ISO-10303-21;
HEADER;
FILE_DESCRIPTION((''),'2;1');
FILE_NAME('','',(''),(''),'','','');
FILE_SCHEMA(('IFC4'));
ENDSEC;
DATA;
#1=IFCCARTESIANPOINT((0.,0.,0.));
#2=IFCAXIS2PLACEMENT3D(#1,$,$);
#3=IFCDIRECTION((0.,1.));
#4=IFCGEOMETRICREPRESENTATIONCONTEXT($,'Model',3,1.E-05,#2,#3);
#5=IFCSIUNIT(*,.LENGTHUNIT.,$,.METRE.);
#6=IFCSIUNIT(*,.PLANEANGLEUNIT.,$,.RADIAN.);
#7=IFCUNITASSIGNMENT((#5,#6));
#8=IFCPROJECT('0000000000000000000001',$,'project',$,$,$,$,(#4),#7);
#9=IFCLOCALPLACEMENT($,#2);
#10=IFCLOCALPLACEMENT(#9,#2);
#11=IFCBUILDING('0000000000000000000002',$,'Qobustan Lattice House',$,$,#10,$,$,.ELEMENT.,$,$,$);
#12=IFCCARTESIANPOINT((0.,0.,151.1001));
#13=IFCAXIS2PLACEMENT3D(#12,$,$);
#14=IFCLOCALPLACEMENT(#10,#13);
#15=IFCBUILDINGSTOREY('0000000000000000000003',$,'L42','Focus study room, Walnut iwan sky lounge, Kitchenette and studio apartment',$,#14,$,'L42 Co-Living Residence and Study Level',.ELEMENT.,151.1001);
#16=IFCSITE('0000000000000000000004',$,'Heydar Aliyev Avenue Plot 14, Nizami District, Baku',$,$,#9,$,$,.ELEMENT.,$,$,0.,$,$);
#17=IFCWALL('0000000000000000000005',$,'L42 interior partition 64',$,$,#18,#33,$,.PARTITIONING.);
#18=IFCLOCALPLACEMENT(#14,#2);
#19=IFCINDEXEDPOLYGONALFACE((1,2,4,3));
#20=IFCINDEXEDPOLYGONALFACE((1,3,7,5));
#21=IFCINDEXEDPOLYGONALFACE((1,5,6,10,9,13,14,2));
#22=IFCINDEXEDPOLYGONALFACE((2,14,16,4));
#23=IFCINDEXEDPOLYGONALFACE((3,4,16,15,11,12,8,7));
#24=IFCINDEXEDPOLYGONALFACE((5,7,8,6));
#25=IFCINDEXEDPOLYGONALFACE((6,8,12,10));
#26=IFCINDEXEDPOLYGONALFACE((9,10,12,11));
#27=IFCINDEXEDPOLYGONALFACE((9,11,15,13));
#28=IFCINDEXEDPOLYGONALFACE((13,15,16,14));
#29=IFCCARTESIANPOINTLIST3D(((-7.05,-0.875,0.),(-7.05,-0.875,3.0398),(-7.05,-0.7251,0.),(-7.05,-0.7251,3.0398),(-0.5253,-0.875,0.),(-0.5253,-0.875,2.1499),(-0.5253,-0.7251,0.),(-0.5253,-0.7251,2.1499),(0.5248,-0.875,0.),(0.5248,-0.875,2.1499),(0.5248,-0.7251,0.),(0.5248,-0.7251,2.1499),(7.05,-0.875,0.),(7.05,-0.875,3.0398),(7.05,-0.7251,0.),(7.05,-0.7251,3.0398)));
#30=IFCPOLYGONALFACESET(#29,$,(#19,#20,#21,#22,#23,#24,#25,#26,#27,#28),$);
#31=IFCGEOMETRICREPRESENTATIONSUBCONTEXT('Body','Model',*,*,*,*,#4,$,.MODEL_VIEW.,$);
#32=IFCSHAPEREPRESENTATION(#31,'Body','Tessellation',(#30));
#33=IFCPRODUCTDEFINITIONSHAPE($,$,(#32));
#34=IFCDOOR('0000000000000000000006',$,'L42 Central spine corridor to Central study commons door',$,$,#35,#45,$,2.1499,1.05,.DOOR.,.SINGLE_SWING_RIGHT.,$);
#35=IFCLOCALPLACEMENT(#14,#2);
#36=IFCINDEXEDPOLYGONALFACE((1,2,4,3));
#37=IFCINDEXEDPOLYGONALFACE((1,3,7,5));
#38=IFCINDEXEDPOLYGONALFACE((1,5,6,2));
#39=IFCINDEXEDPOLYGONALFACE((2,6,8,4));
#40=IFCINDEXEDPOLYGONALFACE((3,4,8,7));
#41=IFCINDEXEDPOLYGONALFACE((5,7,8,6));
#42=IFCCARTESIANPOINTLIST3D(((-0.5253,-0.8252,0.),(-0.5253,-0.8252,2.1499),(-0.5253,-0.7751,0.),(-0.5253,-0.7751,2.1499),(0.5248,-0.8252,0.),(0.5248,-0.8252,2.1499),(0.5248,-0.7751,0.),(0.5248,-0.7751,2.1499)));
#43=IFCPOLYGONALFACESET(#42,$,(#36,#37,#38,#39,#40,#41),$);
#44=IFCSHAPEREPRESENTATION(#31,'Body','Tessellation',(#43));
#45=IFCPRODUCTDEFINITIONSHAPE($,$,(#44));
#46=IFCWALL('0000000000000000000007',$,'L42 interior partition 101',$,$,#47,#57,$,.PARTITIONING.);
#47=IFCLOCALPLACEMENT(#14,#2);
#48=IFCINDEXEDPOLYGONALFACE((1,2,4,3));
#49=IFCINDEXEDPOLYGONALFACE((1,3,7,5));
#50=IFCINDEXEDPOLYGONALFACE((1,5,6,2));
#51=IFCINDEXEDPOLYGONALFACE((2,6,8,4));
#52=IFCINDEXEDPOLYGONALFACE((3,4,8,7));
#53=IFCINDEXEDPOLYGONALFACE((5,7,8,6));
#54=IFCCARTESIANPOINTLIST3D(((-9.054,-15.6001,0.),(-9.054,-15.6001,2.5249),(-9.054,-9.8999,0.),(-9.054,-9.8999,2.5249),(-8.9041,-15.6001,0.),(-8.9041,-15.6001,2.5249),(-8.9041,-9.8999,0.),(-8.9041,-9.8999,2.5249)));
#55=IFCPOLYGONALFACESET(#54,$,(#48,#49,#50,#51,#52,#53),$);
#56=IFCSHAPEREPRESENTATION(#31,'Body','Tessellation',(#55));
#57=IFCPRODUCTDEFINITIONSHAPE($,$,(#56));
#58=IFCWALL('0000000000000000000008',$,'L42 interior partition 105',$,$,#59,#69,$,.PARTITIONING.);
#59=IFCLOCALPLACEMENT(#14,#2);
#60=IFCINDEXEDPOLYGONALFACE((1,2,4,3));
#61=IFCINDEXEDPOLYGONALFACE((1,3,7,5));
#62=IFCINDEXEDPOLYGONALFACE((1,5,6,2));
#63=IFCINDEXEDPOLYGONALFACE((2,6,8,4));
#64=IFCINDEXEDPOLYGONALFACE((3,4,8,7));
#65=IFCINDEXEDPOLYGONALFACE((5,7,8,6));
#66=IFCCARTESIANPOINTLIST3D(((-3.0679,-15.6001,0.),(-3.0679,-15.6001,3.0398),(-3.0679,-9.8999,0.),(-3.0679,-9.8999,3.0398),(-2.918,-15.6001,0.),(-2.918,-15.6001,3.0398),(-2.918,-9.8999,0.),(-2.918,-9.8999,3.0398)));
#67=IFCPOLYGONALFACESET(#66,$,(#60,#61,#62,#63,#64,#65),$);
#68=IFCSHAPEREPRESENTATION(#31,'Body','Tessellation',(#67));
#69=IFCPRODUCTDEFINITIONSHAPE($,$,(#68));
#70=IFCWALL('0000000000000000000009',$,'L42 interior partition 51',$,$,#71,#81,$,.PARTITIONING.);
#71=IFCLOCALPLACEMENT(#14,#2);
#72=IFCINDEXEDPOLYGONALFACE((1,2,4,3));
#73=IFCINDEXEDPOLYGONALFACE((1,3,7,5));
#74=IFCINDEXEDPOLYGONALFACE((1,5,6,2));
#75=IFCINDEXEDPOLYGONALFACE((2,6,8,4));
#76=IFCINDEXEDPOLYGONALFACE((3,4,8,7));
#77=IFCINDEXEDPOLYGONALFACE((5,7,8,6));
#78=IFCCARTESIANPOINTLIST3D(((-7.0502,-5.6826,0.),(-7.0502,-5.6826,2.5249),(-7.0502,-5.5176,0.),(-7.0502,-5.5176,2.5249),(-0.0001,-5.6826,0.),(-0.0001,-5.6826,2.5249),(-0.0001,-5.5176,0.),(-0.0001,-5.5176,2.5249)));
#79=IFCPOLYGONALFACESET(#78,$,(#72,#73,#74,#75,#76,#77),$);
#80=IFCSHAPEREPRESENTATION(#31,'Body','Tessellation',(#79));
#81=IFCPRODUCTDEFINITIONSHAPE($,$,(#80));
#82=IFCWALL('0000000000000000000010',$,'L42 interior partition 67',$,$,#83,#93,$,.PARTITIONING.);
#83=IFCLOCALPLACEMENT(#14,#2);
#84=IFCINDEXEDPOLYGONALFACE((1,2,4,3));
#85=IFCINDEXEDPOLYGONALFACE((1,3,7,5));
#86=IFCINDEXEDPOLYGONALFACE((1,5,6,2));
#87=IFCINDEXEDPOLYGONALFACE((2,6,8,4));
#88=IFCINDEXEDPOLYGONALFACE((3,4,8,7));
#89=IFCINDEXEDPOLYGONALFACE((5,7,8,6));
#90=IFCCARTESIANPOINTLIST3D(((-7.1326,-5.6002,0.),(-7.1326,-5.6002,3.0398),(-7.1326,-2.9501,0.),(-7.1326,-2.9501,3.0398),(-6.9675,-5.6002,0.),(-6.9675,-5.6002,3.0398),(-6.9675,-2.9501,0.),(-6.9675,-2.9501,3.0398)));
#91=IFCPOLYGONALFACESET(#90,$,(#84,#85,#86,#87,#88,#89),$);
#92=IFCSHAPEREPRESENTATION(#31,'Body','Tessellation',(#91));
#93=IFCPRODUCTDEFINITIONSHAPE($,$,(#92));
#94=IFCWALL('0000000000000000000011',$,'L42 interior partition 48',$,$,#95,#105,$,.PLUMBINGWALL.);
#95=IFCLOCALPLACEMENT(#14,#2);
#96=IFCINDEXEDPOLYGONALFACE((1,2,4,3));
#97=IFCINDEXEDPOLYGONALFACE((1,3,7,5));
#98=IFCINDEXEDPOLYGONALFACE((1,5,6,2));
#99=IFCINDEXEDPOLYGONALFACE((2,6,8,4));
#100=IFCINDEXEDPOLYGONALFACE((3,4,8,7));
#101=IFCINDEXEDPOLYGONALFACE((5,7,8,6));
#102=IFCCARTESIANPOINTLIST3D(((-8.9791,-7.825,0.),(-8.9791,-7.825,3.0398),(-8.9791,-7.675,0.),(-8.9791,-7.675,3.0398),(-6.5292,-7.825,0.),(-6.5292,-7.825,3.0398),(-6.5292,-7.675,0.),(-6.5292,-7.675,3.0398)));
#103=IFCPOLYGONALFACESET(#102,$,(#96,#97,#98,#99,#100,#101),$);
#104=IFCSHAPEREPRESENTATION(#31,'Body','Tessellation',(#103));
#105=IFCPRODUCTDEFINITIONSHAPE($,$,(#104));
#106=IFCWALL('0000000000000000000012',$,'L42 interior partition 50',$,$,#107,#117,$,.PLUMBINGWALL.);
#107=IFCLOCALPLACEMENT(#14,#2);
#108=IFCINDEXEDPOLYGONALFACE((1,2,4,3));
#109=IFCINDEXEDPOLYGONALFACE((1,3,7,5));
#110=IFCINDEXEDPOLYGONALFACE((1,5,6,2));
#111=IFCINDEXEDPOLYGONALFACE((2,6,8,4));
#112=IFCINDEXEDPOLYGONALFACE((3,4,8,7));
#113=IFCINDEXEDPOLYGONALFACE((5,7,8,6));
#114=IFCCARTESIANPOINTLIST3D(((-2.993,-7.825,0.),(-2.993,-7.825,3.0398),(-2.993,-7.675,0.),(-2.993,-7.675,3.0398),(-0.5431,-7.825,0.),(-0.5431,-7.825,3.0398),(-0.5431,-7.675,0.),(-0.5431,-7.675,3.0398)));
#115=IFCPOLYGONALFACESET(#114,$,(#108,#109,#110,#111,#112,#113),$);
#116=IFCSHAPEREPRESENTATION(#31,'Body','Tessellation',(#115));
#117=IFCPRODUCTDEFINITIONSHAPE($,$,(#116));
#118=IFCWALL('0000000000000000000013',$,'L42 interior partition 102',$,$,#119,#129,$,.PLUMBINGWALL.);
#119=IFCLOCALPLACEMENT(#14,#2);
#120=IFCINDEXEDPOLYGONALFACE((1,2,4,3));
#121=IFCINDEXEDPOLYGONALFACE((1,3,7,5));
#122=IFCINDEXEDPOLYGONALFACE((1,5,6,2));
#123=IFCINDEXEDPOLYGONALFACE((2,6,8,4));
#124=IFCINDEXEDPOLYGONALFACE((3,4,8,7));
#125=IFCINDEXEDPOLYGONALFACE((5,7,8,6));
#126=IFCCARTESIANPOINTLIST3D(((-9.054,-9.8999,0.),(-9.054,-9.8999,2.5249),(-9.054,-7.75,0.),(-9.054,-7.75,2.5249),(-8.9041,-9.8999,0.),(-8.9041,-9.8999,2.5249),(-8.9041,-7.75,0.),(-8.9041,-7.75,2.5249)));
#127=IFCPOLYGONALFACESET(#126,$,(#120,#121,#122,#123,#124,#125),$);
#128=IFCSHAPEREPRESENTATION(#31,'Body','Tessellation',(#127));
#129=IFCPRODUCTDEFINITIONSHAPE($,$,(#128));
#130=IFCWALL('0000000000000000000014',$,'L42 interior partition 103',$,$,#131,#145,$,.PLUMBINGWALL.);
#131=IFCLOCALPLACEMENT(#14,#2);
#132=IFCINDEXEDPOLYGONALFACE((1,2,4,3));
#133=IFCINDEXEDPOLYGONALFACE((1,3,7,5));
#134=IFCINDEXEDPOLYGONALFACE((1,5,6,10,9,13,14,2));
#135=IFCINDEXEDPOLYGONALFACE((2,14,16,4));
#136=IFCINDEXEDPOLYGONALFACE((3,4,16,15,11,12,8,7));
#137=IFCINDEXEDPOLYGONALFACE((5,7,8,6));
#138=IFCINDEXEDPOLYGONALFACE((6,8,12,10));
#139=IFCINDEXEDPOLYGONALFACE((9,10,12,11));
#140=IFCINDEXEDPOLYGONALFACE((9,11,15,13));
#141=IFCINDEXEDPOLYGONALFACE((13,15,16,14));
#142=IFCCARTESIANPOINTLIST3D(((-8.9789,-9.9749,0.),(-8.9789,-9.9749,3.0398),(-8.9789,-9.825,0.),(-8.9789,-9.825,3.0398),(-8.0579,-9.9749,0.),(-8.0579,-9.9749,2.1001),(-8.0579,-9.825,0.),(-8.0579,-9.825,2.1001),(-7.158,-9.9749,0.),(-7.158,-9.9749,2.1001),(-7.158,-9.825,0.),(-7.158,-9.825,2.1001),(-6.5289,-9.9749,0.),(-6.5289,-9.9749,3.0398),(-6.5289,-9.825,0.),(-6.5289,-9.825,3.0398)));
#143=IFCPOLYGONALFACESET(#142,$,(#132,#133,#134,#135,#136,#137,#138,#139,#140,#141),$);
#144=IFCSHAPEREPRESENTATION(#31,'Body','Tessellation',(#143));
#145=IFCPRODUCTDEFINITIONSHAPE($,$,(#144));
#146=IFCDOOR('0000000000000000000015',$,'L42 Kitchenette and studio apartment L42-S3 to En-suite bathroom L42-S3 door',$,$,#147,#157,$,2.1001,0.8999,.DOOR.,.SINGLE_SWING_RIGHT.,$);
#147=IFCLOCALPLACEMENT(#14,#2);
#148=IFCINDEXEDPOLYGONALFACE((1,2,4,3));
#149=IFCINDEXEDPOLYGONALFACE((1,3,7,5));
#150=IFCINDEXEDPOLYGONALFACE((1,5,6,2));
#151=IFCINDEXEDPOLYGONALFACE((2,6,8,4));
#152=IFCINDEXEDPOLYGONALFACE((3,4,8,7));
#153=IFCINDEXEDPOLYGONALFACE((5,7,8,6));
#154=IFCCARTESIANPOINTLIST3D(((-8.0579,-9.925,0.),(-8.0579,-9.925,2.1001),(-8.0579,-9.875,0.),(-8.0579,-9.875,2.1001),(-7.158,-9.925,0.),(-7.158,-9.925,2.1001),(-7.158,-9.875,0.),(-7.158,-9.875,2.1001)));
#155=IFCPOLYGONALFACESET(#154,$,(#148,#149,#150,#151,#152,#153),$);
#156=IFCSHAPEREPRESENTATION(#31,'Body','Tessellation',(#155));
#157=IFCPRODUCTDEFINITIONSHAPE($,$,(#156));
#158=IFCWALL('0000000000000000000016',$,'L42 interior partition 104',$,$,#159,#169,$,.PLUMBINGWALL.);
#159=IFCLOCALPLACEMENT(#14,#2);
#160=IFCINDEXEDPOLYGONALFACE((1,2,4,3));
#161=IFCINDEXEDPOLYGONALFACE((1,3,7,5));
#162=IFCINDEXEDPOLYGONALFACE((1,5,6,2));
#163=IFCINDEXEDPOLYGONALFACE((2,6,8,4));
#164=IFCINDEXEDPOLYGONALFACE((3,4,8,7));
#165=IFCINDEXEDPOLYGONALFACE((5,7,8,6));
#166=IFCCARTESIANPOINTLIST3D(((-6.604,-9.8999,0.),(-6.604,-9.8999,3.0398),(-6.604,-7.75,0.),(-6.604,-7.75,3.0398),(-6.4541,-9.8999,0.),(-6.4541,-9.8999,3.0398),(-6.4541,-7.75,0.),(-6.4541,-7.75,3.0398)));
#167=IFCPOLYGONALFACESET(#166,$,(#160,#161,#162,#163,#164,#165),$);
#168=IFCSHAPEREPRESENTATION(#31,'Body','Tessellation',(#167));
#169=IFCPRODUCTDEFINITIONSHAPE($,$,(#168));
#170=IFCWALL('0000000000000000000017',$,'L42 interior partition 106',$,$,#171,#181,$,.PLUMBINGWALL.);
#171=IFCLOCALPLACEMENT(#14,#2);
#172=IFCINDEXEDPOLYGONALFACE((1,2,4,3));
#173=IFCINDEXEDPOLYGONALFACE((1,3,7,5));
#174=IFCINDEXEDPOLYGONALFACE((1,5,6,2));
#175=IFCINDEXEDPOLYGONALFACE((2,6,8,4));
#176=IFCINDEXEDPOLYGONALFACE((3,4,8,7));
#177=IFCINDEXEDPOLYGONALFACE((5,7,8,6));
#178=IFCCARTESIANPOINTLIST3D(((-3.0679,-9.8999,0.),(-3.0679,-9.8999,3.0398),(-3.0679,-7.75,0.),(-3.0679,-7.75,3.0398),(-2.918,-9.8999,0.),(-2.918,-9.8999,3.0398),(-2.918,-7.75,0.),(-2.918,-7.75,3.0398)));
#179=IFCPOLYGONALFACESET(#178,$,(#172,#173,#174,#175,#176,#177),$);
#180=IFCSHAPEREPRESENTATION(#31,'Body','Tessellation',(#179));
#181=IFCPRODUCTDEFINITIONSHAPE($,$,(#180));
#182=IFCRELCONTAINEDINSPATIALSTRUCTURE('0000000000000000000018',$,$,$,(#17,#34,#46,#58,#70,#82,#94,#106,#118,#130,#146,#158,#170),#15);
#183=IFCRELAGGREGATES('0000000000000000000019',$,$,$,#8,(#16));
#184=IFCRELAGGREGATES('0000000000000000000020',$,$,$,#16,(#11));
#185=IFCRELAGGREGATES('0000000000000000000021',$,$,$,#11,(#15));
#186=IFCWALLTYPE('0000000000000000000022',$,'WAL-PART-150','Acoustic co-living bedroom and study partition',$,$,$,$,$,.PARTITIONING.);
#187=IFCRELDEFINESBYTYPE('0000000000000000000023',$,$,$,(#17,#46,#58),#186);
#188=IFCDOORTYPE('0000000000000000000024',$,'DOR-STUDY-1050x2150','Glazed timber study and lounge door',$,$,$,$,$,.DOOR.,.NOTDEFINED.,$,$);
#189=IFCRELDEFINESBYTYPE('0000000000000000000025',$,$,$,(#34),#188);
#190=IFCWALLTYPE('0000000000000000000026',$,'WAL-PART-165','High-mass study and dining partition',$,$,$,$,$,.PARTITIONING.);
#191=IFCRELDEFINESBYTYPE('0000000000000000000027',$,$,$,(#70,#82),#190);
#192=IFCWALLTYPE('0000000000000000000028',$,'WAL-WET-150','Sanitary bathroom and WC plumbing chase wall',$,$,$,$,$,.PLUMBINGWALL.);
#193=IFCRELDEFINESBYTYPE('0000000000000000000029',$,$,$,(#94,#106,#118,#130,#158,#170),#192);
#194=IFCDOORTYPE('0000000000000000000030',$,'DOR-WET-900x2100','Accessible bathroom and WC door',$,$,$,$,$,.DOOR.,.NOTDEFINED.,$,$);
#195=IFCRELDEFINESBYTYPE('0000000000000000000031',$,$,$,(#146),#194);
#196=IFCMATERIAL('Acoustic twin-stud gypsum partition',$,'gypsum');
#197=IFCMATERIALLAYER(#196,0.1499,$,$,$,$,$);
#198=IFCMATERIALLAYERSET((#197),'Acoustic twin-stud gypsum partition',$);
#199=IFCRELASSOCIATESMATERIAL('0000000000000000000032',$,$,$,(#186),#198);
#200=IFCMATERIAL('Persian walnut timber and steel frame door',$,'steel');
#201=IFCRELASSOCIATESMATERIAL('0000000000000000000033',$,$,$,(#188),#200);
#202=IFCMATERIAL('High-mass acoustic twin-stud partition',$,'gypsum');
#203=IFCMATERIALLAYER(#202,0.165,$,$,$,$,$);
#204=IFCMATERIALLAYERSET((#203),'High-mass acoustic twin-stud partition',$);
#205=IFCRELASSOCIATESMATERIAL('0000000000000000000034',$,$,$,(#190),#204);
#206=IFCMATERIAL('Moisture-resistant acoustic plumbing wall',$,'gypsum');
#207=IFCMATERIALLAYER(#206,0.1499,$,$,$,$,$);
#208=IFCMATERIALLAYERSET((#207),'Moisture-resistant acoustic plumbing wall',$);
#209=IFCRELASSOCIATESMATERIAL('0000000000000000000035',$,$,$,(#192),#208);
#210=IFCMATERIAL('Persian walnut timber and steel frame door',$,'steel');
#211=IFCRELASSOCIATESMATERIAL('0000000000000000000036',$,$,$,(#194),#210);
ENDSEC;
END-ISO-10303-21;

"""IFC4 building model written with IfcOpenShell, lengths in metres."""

from ifc_helpers import new_model, si_unit, direction, frame, frame_2d, origin, place, context, subcontext, project, spatial, rectangle, extrude, material, layer, layer_set, type_object, element, fill, save


model = new_model("IFC4")

# Units and contexts
model_context = context("Model", 3, precision=1e-05, world=origin(), true_north=direction((0.0, 1.0)))
body_context = subcontext(model_context, "Body", "Model", "MODEL_VIEW")
ifc_project = project(units=[si_unit("LENGTHUNIT", "METRE"), si_unit("PLANEANGLEUNIT", "RADIAN")], contexts=[model_context])

# Site, building, storey
site_placement = place(None, origin())
site = spatial("IfcSite", under=ifc_project, at=site_placement, Name="Heydar Aliyev Avenue Plot 14, Nizami District, Baku", CompositionType="ELEMENT", RefElevation=0.0)
building_placement = place(site_placement, origin())
building = spatial("IfcBuilding", under=site, at=building_placement, Name="Qobustan Lattice House", CompositionType="ELEMENT")
storey_placement = place(building_placement, frame((0.0, 0.0, 151.1001)))
storey = spatial("IfcBuildingStorey", under=building, at=storey_placement, Name="L42", Description="Focus study room, Walnut iwan sky lounge, Kitchenette and studio apartment", LongName="L42 Co-Living Residence and Study Level", CompositionType="ELEMENT", Elevation=151.1001)

# Wall, opening, door
ifc_material_1 = material(Name="Acoustic twin-stud gypsum partition", Category="gypsum")
ifc_layer_1 = layer(ifc_material_1, 0.1499)
ifc_layer_set_1 = layer_set([ifc_layer_1], Name="Acoustic twin-stud gypsum partition")
wall_type_1 = type_object("IfcWallType", Name="WAL-PART-150", Description="Acoustic co-living bedroom and study partition", PredefinedType="PARTITIONING", material=ifc_layer_set_1)
wall_1_placement = place(storey_placement, frame((-7.05, -0.8, 0.0), z_axis=(0.0, 0.0, 1.0), x_axis=(1.0, 0.0, 0.0)))
wall_1 = element("IfcWall", 1, at=wall_1_placement, inside=storey, type_object=wall_type_1, Name="L42 interior partition 64", PredefinedType="PARTITIONING", context=body_context, shape_type="SweptSolid", body=[
    extrude(rectangle(XDim=14.1001, YDim=0.1499, at=frame_2d((7.05, 0.0))), origin(), (0.0, 0.0, 1.0), 3.0398),
])
opening_1_placement = place(wall_1_placement, frame((6.5249, 0.0, 0.0)))
opening_1 = element("IfcOpeningElement", 2, at=opening_1_placement, cuts=wall_1, PredefinedType="OPENING", context=body_context, shape_type="SweptSolid", body=[
    extrude(rectangle(XDim=1.05, YDim=2.1499, at=frame_2d((0.5249, 1.075))), frame((0.0, 0.085, 0.0), z_axis=(0.0, -1.0, 0.0), x_axis=(1.0, 0.0, 0.0)), (0.0, 0.0, 1.0), 0.1699),
])
ifc_material_2 = material(Name="Persian walnut timber and steel frame door", Category="steel")
door_type_1 = type_object("IfcDoorType", Name="DOR-STUDY-1050x2150", Description="Glazed timber study and lounge door", OperationType="NOTDEFINED", PredefinedType="DOOR", material=ifc_material_2)
door_1_placement = place(opening_1_placement, origin())
door_1 = element("IfcDoor", 3, at=door_1_placement, inside=storey, type_object=door_type_1, Name="L42 Central spine corridor to Central study commons door", OperationType="SINGLE_SWING_RIGHT", OverallHeight=2.1499, OverallWidth=1.05, PredefinedType="DOOR", context=body_context, shape_type="SweptSolid", body=[
    extrude(rectangle(XDim=1.05, YDim=2.1499, at=frame_2d((0.5249, 1.075))), frame((0.0, 0.0249, 0.0), z_axis=(0.0, -1.0, 0.0), x_axis=(1.0, 0.0, 0.0)), (0.0, 0.0, 1.0), 0.05),
])
fill(opening_1, door_1)

# Walls
wall_2_placement = place(storey_placement, frame((-8.979, -9.8999, 0.0), z_axis=(0.0, 0.0, 1.0), x_axis=(0.0, -1.0, 0.0)))
element("IfcWall", 4, at=wall_2_placement, inside=storey, type_object=wall_type_1, Name="L42 interior partition 101", PredefinedType="PARTITIONING", context=body_context, shape_type="SweptSolid", body=[
    extrude(rectangle(XDim=5.7002, YDim=0.1499, at=frame_2d((2.8501, 0.0))), origin(), (0.0, 0.0, 1.0), 2.5249),
])
wall_3_placement = place(storey_placement, frame((-2.9929, -9.8999, 0.0), z_axis=(0.0, 0.0, 1.0), x_axis=(0.0, -1.0, 0.0)))
element("IfcWall", 5, at=wall_3_placement, inside=storey, type_object=wall_type_1, Name="L42 interior partition 105", PredefinedType="PARTITIONING", context=body_context, shape_type="SweptSolid", body=[
    extrude(rectangle(XDim=5.7002, YDim=0.1499, at=frame_2d((2.8501, 0.0))), origin(), (0.0, 0.0, 1.0), 3.0398),
])
ifc_material_3 = material(Name="High-mass acoustic twin-stud partition", Category="gypsum")
ifc_layer_2 = layer(ifc_material_3, 0.165)
ifc_layer_set_2 = layer_set([ifc_layer_2], Name="High-mass acoustic twin-stud partition")
wall_type_2 = type_object("IfcWallType", Name="WAL-PART-165", Description="High-mass study and dining partition", PredefinedType="PARTITIONING", material=ifc_layer_set_2)
wall_4_placement = place(storey_placement, frame((-7.05, -5.6001, 0.0), z_axis=(0.0, 0.0, 1.0), x_axis=(1.0, 0.0, 0.0)))
element("IfcWall", 6, at=wall_4_placement, inside=storey, type_object=wall_type_2, Name="L42 interior partition 51", PredefinedType="PARTITIONING", context=body_context, shape_type="SweptSolid", body=[
    extrude(rectangle(XDim=7.05, YDim=0.165, at=frame_2d((3.5249, 0.0))), origin(), (0.0, 0.0, 1.0), 2.5249),
])
wall_5_placement = place(storey_placement, frame((-7.05, -2.95, 0.0), z_axis=(0.0, 0.0, 1.0), x_axis=(0.0, -1.0, 0.0)))
element("IfcWall", 7, at=wall_5_placement, inside=storey, type_object=wall_type_2, Name="L42 interior partition 67", PredefinedType="PARTITIONING", context=body_context, shape_type="SweptSolid", body=[
    extrude(rectangle(XDim=2.6501, YDim=0.165, at=frame_2d((1.3252, 0.0))), origin(), (0.0, 0.0, 1.0), 3.0398),
])
ifc_material_4 = material(Name="Moisture-resistant acoustic plumbing wall", Category="gypsum")
ifc_layer_3 = layer(ifc_material_4, 0.1499)
ifc_layer_set_3 = layer_set([ifc_layer_3], Name="Moisture-resistant acoustic plumbing wall")
wall_type_3 = type_object("IfcWallType", Name="WAL-WET-150", Description="Sanitary bathroom and WC plumbing chase wall", PredefinedType="PLUMBINGWALL", material=ifc_layer_set_3)
for number, where, z_axis, x_axis, name in (
    (8, (-6.5291, -7.75, 0.0), (0.0, 0.0, 1.0), (-1.0, 0.0, 0.0), "L42 interior partition 48"),
    (9, (-0.543, -7.75, 0.0), (0.0, 0.0, 1.0), (-1.0, 0.0, 0.0), "L42 interior partition 50"),
):
    element("IfcWall", number, at=place(storey_placement, frame(where, z_axis=z_axis, x_axis=x_axis)), inside=storey, type_object=wall_type_3, Name=name, PredefinedType="PLUMBINGWALL", context=body_context, shape_type="SweptSolid", body=[
        extrude(rectangle(XDim=2.45, YDim=0.1499, at=frame_2d((1.2251, 0.0))), origin(), (0.0, 0.0, 1.0), 3.0398),
    ])
wall_6_placement = place(storey_placement, frame((-8.979, -7.75, 0.0), z_axis=(0.0, 0.0, 1.0), x_axis=(0.0, -1.0, 0.0)))
element("IfcWall", 10, at=wall_6_placement, inside=storey, type_object=wall_type_3, Name="L42 interior partition 102", PredefinedType="PLUMBINGWALL", context=body_context, shape_type="SweptSolid", body=[
    extrude(rectangle(XDim=2.1499, YDim=0.1499, at=frame_2d((1.075, 0.0))), origin(), (0.0, 0.0, 1.0), 2.5249),
])

# Wall, opening, door
wall_7_placement = place(storey_placement, frame((-8.979, -9.8999, 0.0), z_axis=(0.0, 0.0, 1.0), x_axis=(1.0, 0.0, 0.0)))
wall_7 = element("IfcWall", 11, at=wall_7_placement, inside=storey, type_object=wall_type_3, Name="L42 interior partition 103", PredefinedType="PLUMBINGWALL", context=body_context, shape_type="SweptSolid", body=[
    extrude(rectangle(XDim=2.45, YDim=0.1499, at=frame_2d((1.2251, 0.0))), origin(), (0.0, 0.0, 1.0), 3.0398),
])
opening_2_placement = place(wall_7_placement, frame((0.9211, 0.0, 0.0)))
opening_2 = element("IfcOpeningElement", 12, at=opening_2_placement, cuts=wall_7, PredefinedType="OPENING", context=body_context, shape_type="SweptSolid", body=[
    extrude(rectangle(XDim=0.8999, YDim=2.1001, at=frame_2d((0.45, 1.05))), frame((0.0, 0.085, 0.0), z_axis=(0.0, -1.0, 0.0), x_axis=(1.0, 0.0, 0.0)), (0.0, 0.0, 1.0), 0.1699),
])
ifc_material_5 = material(Name="Persian walnut timber and steel frame door", Category="steel")
door_type_2 = type_object("IfcDoorType", Name="DOR-WET-900x2100", Description="Accessible bathroom and WC door", OperationType="NOTDEFINED", PredefinedType="DOOR", material=ifc_material_5)
door_2_placement = place(opening_2_placement, origin())
door_2 = element("IfcDoor", 13, at=door_2_placement, inside=storey, type_object=door_type_2, Name="L42 Kitchenette and studio apartment L42-S3 to En-suite bathroom L42-S3 door", OperationType="SINGLE_SWING_RIGHT", OverallHeight=2.1001, OverallWidth=0.8999, PredefinedType="DOOR", context=body_context, shape_type="SweptSolid", body=[
    extrude(rectangle(XDim=0.8999, YDim=2.1001, at=frame_2d((0.45, 1.05))), frame((0.0, 0.0249, 0.0), z_axis=(0.0, -1.0, 0.0), x_axis=(1.0, 0.0, 0.0)), (0.0, 0.0, 1.0), 0.05),
])
fill(opening_2, door_2)

# Walls
for number, where, z_axis, x_axis, name in (
    (14, (-6.5291, -9.8999, 0.0), (0.0, 0.0, 1.0), (0.0, 1.0, 0.0), "L42 interior partition 104"),
    (15, (-2.9929, -7.75, 0.0), (0.0, 0.0, 1.0), (0.0, -1.0, 0.0), "L42 interior partition 106"),
):
    element("IfcWall", number, at=place(storey_placement, frame(where, z_axis=z_axis, x_axis=x_axis)), inside=storey, type_object=wall_type_3, Name=name, PredefinedType="PLUMBINGWALL", context=body_context, shape_type="SweptSolid", body=[
        extrude(rectangle(XDim=2.1499, YDim=0.1499, at=frame_2d((1.075, 0.0))), origin(), (0.0, 0.0, 1.0), 3.0398),
    ])

save(model, "model.ifc")
